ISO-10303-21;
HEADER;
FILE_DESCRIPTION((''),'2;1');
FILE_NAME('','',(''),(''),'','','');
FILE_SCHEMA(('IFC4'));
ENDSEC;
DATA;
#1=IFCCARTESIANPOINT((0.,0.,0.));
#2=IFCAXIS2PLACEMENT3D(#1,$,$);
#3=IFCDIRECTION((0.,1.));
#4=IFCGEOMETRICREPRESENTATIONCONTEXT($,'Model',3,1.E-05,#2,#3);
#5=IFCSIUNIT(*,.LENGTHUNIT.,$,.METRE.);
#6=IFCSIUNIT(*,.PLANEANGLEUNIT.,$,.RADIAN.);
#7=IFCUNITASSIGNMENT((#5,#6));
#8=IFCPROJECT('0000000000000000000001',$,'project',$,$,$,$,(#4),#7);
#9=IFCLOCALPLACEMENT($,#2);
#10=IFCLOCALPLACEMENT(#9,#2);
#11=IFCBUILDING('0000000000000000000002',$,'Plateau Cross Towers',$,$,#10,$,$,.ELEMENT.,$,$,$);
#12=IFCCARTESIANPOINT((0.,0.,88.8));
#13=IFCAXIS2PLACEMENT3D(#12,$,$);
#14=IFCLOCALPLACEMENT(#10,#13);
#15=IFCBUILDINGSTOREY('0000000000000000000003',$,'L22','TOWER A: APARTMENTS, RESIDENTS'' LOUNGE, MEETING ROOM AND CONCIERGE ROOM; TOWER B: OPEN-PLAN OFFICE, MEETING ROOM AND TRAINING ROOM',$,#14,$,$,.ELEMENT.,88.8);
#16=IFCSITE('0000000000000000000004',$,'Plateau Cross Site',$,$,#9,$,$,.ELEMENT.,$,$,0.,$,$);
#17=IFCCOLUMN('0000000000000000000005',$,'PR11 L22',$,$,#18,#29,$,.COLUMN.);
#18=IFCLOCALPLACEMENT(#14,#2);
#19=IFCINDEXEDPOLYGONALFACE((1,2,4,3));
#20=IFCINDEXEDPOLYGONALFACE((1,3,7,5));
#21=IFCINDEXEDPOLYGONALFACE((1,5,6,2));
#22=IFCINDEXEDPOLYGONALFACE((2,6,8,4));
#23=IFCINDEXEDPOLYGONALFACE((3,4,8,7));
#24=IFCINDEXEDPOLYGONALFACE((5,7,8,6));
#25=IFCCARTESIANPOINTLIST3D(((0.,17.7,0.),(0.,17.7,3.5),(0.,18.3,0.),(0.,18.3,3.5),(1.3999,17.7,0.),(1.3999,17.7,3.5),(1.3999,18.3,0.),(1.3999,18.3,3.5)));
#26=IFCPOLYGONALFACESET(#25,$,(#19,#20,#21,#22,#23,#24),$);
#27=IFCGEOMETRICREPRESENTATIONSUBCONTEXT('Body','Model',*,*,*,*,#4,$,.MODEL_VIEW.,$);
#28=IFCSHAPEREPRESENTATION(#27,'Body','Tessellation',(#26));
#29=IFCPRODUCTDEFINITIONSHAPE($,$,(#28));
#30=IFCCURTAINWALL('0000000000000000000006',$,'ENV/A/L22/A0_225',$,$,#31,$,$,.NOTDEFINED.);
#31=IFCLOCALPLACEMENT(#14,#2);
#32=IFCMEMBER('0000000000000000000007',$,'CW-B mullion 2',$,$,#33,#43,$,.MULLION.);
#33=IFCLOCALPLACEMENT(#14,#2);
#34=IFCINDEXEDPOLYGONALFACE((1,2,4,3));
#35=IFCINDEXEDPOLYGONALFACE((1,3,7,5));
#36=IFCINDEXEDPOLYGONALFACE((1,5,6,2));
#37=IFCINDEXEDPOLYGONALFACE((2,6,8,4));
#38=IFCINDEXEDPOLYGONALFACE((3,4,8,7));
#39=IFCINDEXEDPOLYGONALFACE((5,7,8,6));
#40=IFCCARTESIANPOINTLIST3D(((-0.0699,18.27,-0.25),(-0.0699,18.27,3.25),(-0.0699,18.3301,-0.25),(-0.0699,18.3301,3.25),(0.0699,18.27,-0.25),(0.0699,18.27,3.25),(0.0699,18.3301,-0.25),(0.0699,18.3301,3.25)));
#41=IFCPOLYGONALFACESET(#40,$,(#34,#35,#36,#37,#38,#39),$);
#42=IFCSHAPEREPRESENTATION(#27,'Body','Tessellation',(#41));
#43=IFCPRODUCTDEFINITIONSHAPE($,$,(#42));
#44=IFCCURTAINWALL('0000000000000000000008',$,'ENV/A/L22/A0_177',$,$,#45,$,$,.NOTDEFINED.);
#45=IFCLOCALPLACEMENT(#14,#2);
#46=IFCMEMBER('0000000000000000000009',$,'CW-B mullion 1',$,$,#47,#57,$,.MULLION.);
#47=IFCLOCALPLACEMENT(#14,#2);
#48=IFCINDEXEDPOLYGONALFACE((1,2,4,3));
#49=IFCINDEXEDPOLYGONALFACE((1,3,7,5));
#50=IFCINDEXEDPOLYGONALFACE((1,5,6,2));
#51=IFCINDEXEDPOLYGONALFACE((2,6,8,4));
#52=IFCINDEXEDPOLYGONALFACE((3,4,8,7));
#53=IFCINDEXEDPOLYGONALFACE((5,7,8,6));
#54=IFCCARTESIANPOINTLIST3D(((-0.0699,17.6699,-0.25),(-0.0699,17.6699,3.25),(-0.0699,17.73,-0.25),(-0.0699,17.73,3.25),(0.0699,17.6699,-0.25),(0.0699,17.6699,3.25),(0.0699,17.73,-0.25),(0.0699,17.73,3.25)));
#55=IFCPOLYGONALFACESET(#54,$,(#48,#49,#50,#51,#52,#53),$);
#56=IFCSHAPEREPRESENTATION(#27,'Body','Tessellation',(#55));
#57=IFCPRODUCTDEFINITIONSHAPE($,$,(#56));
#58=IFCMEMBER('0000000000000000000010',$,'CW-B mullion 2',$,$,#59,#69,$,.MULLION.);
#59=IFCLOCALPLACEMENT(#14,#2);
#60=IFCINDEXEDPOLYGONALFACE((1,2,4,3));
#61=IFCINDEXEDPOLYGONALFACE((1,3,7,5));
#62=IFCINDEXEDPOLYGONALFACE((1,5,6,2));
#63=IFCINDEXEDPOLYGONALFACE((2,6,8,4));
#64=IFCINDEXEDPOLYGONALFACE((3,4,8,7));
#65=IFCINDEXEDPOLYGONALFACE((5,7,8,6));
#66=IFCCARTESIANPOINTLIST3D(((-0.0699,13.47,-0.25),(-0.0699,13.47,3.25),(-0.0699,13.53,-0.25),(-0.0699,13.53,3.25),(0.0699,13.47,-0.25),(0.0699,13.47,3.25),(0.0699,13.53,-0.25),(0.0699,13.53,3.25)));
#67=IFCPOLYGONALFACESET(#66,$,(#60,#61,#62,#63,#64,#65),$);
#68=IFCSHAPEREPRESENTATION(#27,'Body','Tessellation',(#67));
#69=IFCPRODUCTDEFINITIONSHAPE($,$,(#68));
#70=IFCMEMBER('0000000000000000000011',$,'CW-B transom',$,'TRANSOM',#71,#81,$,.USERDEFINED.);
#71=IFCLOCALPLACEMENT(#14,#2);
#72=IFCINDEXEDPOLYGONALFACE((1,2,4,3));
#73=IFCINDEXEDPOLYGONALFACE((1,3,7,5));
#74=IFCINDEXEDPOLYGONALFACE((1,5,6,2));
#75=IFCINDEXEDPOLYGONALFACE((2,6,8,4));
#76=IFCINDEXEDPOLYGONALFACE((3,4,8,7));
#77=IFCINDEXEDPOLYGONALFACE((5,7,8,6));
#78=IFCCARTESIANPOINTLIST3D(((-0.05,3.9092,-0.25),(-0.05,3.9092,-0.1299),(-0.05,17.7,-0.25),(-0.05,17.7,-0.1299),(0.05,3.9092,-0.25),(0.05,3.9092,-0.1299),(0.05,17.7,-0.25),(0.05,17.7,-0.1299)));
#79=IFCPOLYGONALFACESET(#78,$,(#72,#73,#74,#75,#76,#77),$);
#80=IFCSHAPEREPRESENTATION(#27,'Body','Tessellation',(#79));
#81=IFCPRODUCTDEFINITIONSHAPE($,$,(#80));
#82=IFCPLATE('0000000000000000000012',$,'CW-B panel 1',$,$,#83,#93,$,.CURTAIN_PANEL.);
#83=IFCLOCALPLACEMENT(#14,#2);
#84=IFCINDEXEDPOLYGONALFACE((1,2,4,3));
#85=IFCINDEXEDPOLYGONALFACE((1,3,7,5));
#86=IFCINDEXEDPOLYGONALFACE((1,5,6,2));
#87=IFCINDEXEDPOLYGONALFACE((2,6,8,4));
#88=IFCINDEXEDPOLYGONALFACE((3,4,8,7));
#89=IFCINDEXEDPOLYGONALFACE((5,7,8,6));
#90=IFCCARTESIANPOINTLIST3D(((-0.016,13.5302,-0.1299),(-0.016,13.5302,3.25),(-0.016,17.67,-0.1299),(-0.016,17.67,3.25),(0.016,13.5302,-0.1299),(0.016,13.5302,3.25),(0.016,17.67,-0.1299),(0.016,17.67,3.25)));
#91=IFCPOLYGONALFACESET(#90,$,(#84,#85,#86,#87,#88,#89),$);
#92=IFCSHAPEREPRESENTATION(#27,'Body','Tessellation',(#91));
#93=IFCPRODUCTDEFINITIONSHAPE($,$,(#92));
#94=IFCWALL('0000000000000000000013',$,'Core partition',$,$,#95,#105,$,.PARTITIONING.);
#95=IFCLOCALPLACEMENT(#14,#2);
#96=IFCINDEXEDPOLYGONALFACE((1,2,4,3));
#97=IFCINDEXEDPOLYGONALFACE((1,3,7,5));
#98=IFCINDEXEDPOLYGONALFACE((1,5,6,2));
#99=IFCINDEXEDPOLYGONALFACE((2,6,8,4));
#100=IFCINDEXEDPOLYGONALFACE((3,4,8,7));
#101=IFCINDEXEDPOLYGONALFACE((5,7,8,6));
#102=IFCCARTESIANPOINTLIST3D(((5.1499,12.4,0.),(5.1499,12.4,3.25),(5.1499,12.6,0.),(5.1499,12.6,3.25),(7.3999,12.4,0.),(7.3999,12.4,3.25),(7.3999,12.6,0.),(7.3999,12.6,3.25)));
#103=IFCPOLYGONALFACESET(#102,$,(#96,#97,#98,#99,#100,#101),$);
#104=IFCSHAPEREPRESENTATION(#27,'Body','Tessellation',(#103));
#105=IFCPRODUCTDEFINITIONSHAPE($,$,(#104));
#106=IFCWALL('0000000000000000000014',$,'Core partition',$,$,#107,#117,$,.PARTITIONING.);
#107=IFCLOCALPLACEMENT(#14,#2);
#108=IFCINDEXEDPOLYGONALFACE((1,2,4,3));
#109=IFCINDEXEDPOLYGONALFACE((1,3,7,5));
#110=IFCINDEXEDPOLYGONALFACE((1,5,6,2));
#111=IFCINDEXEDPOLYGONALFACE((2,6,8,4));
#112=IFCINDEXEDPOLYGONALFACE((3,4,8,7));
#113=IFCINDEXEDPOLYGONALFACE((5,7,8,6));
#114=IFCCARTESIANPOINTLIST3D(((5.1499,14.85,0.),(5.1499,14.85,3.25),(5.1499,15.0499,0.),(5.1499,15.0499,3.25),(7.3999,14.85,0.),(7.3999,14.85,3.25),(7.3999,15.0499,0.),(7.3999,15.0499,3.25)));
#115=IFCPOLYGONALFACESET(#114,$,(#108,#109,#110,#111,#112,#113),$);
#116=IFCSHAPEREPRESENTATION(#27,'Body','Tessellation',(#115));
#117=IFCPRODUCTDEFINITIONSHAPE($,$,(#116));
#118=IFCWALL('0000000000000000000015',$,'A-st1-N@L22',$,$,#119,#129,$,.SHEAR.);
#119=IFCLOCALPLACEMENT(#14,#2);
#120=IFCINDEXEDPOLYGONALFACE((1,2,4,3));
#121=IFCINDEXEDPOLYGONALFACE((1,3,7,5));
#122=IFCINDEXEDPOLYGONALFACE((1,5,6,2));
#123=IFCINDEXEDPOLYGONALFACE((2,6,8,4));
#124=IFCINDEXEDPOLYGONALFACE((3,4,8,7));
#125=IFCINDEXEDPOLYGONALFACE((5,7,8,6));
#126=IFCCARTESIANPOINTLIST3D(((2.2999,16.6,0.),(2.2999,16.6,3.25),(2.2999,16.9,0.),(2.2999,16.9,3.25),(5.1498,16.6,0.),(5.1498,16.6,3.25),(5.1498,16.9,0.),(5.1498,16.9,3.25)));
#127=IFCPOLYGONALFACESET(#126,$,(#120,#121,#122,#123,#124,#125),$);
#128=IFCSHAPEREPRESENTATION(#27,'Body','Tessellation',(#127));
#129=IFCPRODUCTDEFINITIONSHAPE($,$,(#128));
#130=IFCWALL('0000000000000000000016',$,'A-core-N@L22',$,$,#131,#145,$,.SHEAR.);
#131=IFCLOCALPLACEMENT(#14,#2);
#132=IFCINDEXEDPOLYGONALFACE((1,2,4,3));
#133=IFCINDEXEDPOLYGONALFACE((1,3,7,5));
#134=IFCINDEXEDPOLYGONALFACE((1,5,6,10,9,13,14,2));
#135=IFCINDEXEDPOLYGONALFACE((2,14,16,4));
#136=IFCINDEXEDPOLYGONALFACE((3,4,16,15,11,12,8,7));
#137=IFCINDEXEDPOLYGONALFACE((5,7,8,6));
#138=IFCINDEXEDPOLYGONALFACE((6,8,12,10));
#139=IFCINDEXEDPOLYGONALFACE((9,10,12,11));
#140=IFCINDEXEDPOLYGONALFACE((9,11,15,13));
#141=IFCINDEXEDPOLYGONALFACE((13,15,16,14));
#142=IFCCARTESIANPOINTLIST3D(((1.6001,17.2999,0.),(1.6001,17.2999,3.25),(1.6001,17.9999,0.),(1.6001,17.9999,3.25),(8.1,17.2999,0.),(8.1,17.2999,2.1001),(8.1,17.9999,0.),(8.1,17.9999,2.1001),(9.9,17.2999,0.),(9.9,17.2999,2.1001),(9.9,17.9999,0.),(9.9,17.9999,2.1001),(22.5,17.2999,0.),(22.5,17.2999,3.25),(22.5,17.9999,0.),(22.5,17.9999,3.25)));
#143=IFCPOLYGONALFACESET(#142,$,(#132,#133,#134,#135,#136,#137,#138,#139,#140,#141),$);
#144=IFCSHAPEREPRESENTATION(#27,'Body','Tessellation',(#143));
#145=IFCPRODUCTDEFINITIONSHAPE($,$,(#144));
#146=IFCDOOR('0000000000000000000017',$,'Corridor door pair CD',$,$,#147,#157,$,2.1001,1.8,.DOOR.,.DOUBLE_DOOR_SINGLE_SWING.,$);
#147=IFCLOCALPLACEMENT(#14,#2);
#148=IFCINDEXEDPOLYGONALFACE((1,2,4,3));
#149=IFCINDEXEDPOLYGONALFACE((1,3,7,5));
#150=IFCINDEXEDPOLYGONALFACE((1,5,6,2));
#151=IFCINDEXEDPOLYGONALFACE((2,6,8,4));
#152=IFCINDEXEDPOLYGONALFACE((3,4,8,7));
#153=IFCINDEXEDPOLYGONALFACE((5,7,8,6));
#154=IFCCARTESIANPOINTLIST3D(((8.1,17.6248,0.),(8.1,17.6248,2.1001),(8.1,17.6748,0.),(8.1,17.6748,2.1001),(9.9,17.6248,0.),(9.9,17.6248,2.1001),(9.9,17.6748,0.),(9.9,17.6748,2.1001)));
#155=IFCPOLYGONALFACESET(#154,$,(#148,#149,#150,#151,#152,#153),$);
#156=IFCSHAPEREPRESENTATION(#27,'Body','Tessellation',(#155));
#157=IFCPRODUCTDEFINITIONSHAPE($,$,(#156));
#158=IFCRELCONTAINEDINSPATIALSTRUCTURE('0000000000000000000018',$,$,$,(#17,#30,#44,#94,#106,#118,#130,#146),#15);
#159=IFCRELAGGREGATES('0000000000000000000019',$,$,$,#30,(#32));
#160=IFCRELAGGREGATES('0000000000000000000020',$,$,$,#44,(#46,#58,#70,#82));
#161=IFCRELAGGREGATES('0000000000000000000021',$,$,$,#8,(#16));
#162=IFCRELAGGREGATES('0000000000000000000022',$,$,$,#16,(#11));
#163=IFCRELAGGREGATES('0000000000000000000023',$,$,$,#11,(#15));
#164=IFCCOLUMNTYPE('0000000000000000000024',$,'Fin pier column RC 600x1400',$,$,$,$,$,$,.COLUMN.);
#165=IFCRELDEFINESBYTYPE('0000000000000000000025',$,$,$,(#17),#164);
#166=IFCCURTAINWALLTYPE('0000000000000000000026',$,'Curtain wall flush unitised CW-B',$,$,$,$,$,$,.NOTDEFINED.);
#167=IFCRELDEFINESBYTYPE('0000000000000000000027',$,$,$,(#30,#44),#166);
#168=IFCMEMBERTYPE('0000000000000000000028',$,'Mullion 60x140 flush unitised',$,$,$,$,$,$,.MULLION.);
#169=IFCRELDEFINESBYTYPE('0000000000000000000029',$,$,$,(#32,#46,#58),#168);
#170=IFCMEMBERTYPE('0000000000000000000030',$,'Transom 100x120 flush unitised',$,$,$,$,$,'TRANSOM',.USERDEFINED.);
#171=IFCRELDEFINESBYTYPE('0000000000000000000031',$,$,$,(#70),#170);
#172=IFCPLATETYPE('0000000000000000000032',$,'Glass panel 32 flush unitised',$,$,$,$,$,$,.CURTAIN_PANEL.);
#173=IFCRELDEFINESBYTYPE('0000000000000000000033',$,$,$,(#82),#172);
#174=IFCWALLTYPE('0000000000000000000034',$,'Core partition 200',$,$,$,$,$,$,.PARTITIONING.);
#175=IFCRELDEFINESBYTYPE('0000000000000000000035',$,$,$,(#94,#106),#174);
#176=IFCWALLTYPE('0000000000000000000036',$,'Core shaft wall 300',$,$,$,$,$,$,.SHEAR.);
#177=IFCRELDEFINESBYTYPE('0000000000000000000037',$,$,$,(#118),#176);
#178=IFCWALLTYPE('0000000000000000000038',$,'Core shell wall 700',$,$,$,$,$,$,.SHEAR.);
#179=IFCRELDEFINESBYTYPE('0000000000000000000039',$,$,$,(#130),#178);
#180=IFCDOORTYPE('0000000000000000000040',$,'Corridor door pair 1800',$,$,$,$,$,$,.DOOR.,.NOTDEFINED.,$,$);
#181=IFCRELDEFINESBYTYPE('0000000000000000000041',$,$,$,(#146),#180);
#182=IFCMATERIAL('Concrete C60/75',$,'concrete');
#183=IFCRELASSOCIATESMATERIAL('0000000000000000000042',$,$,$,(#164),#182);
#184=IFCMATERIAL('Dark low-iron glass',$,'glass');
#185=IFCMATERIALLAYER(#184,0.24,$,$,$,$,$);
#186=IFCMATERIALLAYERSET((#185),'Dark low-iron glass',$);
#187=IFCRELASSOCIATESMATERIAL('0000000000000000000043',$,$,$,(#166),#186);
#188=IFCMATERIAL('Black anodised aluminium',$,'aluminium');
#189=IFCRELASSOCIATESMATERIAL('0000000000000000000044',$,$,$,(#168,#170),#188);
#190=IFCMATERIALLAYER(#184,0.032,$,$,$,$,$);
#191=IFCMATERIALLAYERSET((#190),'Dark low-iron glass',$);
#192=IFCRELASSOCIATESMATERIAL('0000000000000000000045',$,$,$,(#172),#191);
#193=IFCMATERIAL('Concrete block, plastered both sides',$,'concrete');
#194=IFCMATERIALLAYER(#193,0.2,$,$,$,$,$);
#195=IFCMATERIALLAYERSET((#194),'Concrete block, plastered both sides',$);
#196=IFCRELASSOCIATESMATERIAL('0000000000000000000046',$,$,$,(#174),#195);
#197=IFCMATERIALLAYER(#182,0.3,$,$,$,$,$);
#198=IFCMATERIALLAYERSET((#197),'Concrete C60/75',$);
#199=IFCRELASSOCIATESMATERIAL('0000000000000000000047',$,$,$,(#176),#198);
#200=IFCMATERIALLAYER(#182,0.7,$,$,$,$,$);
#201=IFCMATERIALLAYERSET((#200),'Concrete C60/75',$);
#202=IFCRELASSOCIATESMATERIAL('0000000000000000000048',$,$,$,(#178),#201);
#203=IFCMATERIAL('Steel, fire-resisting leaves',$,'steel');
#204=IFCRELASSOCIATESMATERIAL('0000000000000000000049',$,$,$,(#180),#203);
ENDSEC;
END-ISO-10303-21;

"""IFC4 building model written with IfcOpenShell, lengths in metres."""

from ifc_helpers import new_model, si_unit, direction, frame, frame_2d, origin, origin_2d, place, context, subcontext, project, spatial, rectangle, extrude, material, layer, layer_set, material_profile, profile_set, type_object, element, fill, aggregate, save


model = new_model("IFC4")

# Units and contexts
model_context = context("Model", 3, precision=1e-05, world=origin(), true_north=direction((0.0, 1.0)))
body_context = subcontext(model_context, "Body", "Model", "MODEL_VIEW")
ifc_project = project(units=[si_unit("LENGTHUNIT", "METRE"), si_unit("PLANEANGLEUNIT", "RADIAN")], contexts=[model_context])

# Site, building, storey
site_placement = place(None, origin())
site = spatial("IfcSite", under=ifc_project, at=site_placement, Name="Plateau Cross Site", CompositionType="ELEMENT", RefElevation=0.0)
building_placement = place(site_placement, origin())
building = spatial("IfcBuilding", under=site, at=building_placement, Name="Plateau Cross Towers", CompositionType="ELEMENT")
storey_placement = place(building_placement, frame((0.0, 0.0, 88.8)))
storey = spatial("IfcBuildingStorey", under=building, at=storey_placement, Name="L22", Description="TOWER A: APARTMENTS, RESIDENTS' LOUNGE, MEETING ROOM AND CONCIERGE ROOM; TOWER B: OPEN-PLAN OFFICE, MEETING ROOM AND TRAINING ROOM", CompositionType="ELEMENT", Elevation=88.8)

# Column
ifc_material_1 = material(Name="Concrete C60/75", Category="concrete")
ifc_material_profile_1 = material_profile(ifc_material_1, rectangle(XDim=0.6001, YDim=1.3999, at=origin_2d()), Name="RC 600x1400")
ifc_profile_set_1 = profile_set([ifc_material_profile_1], Name="Concrete C60/75")
column_type = type_object("IfcColumnType", Name="Fin pier column RC 600x1400", PredefinedType="COLUMN", material=ifc_profile_set_1)
column_placement = place(storey_placement, frame((0.7, 18.0, 0.0), z_axis=(0.0, 0.0, 1.0), x_axis=(0.0, 1.0, 0.0)))
element("IfcColumn", 1, at=column_placement, inside=storey, type_object=column_type, Name="PR11 L22", PredefinedType="COLUMN", context=body_context, shape_type="SweptSolid", body=[
    extrude(rectangle(XDim=0.6001, YDim=1.3999, at=origin_2d()), origin(), (0.0, 0.0, 1.0), 3.5),
])

# Curtain wall, member
ifc_material_2 = material(Name="Dark low-iron glass", Category="glass")
ifc_layer_1 = layer(ifc_material_2, 0.24)
ifc_layer_set_1 = layer_set([ifc_layer_1], Name="Dark low-iron glass")
curtain_wall_type = type_object("IfcCurtainWallType", Name="Curtain wall flush unitised CW-B", PredefinedType="NOTDEFINED", material=ifc_layer_set_1)
curtain_wall_1_placement = place(storey_placement, origin())
curtain_wall_1 = element("IfcCurtainWall", 2, at=curtain_wall_1_placement, inside=storey, type_object=curtain_wall_type, Name="ENV/A/L22/A0_225", PredefinedType="NOTDEFINED")
ifc_material_3 = material(Name="Black anodised aluminium", Category="aluminium")
ifc_material_profile_2 = material_profile(ifc_material_3, rectangle(XDim=0.0601, YDim=0.1399, at=origin_2d()), Name="MULLION 60x140")
ifc_profile_set_2 = profile_set([ifc_material_profile_2], Name="Black anodised aluminium")
member_type_1 = type_object("IfcMemberType", Name="Mullion 60x140 flush unitised", PredefinedType="MULLION", material=ifc_profile_set_2)
member_1_placement = place(storey_placement, frame((0.0, 18.3, -0.25), z_axis=(0.0, 0.0, 1.0), x_axis=(0.0, -1.0, 0.0)))
member_1 = element("IfcMember", 3, at=member_1_placement, type_object=member_type_1, Name="CW-B mullion 2", PredefinedType="MULLION", context=body_context, shape_type="SweptSolid", body=[
    extrude(rectangle(XDim=0.0601, YDim=0.1399, at=origin_2d()), origin(), (0.0, 0.0, 1.0), 3.5),
])
aggregate(curtain_wall_1, [member_1])

# Curtain wall, members, plate
curtain_wall_2_placement = place(storey_placement, origin())
curtain_wall_2 = element("IfcCurtainWall", 4, at=curtain_wall_2_placement, inside=storey, type_object=curtain_wall_type, Name="ENV/A/L22/A0_177", PredefinedType="NOTDEFINED")
member_2_placement = place(storey_placement, frame((0.0, 17.7, -0.25), z_axis=(0.0, 0.0, 1.0), x_axis=(0.0, -1.0, 0.0)))
member_2 = element("IfcMember", 5, at=member_2_placement, type_object=member_type_1, Name="CW-B mullion 1", PredefinedType="MULLION", context=body_context, shape_type="SweptSolid", body=[
    extrude(rectangle(XDim=0.0601, YDim=0.1399, at=origin_2d()), origin(), (0.0, 0.0, 1.0), 3.5),
])
member_3_placement = place(storey_placement, frame((0.0, 13.5, -0.25), z_axis=(0.0, 0.0, 1.0), x_axis=(0.0, -1.0, 0.0)))
member_3 = element("IfcMember", 6, at=member_3_placement, type_object=member_type_1, Name="CW-B mullion 2", PredefinedType="MULLION", context=body_context, shape_type="SweptSolid", body=[
    extrude(rectangle(XDim=0.0601, YDim=0.1399, at=origin_2d()), origin(), (0.0, 0.0, 1.0), 3.5),
])
ifc_material_profile_3 = material_profile(ifc_material_3, rectangle(XDim=0.1001, YDim=0.1201, at=origin_2d()), Name="TRANSOM 100x120")
ifc_profile_set_3 = profile_set([ifc_material_profile_3], Name="Black anodised aluminium")
member_type_2 = type_object("IfcMemberType", Name="Transom 100x120 flush unitised", ElementType="TRANSOM", PredefinedType="USERDEFINED", material=ifc_profile_set_3)
member_4_placement = place(storey_placement, frame((0.0, 17.7, -0.1899), z_axis=(0.0, -1.0, 0.0), x_axis=(1.0, 0.0, 0.0)))
member_4 = element("IfcMember", 7, at=member_4_placement, type_object=member_type_2, Name="CW-B transom", ObjectType="TRANSOM", PredefinedType="USERDEFINED", context=body_context, shape_type="SweptSolid", body=[
    extrude(rectangle(XDim=0.1001, YDim=0.1201, at=origin_2d()), origin(), (0.0, 0.0, 1.0), 13.7908),
])
ifc_layer_2 = layer(ifc_material_2, 0.032)
ifc_layer_set_2 = layer_set([ifc_layer_2], Name="Dark low-iron glass")
plate_type = type_object("IfcPlateType", Name="Glass panel 32 flush unitised", PredefinedType="CURTAIN_PANEL", material=ifc_layer_set_2)
plate_placement = place(storey_placement, frame((0.0, 15.6001, -0.1299), z_axis=(0.0, 0.0, 1.0), x_axis=(0.0, -1.0, 0.0)))
plate = element("IfcPlate", 8, at=plate_placement, type_object=plate_type, Name="CW-B panel 1", PredefinedType="CURTAIN_PANEL", context=body_context, shape_type="SweptSolid", body=[
    extrude(rectangle(XDim=4.1399, YDim=0.032, at=origin_2d()), origin(), (0.0, 0.0, 1.0), 3.3799),
])
aggregate(curtain_wall_2, [member_2, member_3, member_4, plate])

# Walls
ifc_material_4 = material(Name="Concrete block, plastered both sides", Category="concrete")
ifc_layer_3 = layer(ifc_material_4, 0.2)
ifc_layer_set_3 = layer_set([ifc_layer_3], Name="Concrete block, plastered both sides")
wall_type_1 = type_object("IfcWallType", Name="Core partition 200", PredefinedType="PARTITIONING", material=ifc_layer_set_3)
for number, where, z_axis, x_axis, name in (
    (9, (5.1499, 12.5, 0.0), (0.0, 0.0, 1.0), (1.0, 0.0, 0.0), "Core partition"),
    (10, (5.1499, 14.95, 0.0), (0.0, 0.0, 1.0), (1.0, 0.0, 0.0), "Core partition"),
):
    element("IfcWall", number, at=place(storey_placement, frame(where, z_axis=z_axis, x_axis=x_axis)), inside=storey, type_object=wall_type_1, Name=name, PredefinedType="PARTITIONING", context=body_context, shape_type="SweptSolid", body=[
        extrude(rectangle(XDim=2.25, YDim=0.2, at=frame_2d((1.125, 0.0))), origin(), (0.0, 0.0, 1.0), 3.25),
    ])
ifc_layer_4 = layer(ifc_material_1, 0.3)
ifc_layer_set_4 = layer_set([ifc_layer_4], Name="Concrete C60/75")
wall_type_2 = type_object("IfcWallType", Name="Core shaft wall 300", PredefinedType="SHEAR", material=ifc_layer_set_4)
wall_1_placement = place(storey_placement, frame((2.3, 16.75, 0.0), z_axis=(0.0, 0.0, 1.0), x_axis=(1.0, 0.0, 0.0)))
element("IfcWall", 11, at=wall_1_placement, inside=storey, type_object=wall_type_2, Name="A-st1-N@L22", PredefinedType="SHEAR", context=body_context, shape_type="SweptSolid", body=[
    extrude(rectangle(XDim=2.8499, YDim=0.3, at=frame_2d((1.4248, 0.0))), origin(), (0.0, 0.0, 1.0), 3.25),
])

# Wall, opening, door
ifc_layer_5 = layer(ifc_material_1, 0.7)
ifc_layer_set_5 = layer_set([ifc_layer_5], Name="Concrete C60/75")
wall_type_3 = type_object("IfcWallType", Name="Core shell wall 700", PredefinedType="SHEAR", material=ifc_layer_set_5)
wall_2_placement = place(storey_placement, frame((1.6001, 17.6499, 0.0), z_axis=(0.0, 0.0, 1.0), x_axis=(1.0, 0.0, 0.0)))
wall_2 = element("IfcWall", 12, at=wall_2_placement, inside=storey, type_object=wall_type_3, Name="A-core-N@L22", PredefinedType="SHEAR", context=body_context, shape_type="SweptSolid", body=[
    extrude(rectangle(XDim=20.8999, YDim=0.7, at=frame_2d((10.45, 0.0))), origin(), (0.0, 0.0, 1.0), 3.25),
])
opening_placement = place(wall_2_placement, frame((6.5, 0.0, 0.0)))
opening = element("IfcOpeningElement", 13, at=opening_placement, cuts=wall_2, PredefinedType="OPENING", context=body_context, shape_type="SweptSolid", body=[
    extrude(rectangle(XDim=1.8, YDim=2.1001, at=frame_2d((0.8999, 1.05))), frame((0.0, 0.3599, 0.0), z_axis=(0.0, -1.0, 0.0), x_axis=(1.0, 0.0, 0.0)), (0.0, 0.0, 1.0), 0.72),
])
ifc_material_5 = material(Name="Steel, fire-resisting leaves", Category="steel")
door_type = type_object("IfcDoorType", Name="Corridor door pair 1800", OperationType="NOTDEFINED", PredefinedType="DOOR", material=ifc_material_5)
door_placement = place(opening_placement, origin())
door = element("IfcDoor", 14, at=door_placement, inside=storey, type_object=door_type, Name="Corridor door pair CD", OperationType="DOUBLE_DOOR_SINGLE_SWING", OverallHeight=2.1001, OverallWidth=1.8, PredefinedType="DOOR", context=body_context, shape_type="SweptSolid", body=[
    extrude(rectangle(XDim=1.8, YDim=2.1001, at=frame_2d((0.8999, 1.05))), frame((0.0, 0.0249, 0.0), z_axis=(0.0, -1.0, 0.0), x_axis=(1.0, 0.0, 0.0)), (0.0, 0.0, 1.0), 0.05),
])
fill(opening, door)

save(model, "model.ifc")
